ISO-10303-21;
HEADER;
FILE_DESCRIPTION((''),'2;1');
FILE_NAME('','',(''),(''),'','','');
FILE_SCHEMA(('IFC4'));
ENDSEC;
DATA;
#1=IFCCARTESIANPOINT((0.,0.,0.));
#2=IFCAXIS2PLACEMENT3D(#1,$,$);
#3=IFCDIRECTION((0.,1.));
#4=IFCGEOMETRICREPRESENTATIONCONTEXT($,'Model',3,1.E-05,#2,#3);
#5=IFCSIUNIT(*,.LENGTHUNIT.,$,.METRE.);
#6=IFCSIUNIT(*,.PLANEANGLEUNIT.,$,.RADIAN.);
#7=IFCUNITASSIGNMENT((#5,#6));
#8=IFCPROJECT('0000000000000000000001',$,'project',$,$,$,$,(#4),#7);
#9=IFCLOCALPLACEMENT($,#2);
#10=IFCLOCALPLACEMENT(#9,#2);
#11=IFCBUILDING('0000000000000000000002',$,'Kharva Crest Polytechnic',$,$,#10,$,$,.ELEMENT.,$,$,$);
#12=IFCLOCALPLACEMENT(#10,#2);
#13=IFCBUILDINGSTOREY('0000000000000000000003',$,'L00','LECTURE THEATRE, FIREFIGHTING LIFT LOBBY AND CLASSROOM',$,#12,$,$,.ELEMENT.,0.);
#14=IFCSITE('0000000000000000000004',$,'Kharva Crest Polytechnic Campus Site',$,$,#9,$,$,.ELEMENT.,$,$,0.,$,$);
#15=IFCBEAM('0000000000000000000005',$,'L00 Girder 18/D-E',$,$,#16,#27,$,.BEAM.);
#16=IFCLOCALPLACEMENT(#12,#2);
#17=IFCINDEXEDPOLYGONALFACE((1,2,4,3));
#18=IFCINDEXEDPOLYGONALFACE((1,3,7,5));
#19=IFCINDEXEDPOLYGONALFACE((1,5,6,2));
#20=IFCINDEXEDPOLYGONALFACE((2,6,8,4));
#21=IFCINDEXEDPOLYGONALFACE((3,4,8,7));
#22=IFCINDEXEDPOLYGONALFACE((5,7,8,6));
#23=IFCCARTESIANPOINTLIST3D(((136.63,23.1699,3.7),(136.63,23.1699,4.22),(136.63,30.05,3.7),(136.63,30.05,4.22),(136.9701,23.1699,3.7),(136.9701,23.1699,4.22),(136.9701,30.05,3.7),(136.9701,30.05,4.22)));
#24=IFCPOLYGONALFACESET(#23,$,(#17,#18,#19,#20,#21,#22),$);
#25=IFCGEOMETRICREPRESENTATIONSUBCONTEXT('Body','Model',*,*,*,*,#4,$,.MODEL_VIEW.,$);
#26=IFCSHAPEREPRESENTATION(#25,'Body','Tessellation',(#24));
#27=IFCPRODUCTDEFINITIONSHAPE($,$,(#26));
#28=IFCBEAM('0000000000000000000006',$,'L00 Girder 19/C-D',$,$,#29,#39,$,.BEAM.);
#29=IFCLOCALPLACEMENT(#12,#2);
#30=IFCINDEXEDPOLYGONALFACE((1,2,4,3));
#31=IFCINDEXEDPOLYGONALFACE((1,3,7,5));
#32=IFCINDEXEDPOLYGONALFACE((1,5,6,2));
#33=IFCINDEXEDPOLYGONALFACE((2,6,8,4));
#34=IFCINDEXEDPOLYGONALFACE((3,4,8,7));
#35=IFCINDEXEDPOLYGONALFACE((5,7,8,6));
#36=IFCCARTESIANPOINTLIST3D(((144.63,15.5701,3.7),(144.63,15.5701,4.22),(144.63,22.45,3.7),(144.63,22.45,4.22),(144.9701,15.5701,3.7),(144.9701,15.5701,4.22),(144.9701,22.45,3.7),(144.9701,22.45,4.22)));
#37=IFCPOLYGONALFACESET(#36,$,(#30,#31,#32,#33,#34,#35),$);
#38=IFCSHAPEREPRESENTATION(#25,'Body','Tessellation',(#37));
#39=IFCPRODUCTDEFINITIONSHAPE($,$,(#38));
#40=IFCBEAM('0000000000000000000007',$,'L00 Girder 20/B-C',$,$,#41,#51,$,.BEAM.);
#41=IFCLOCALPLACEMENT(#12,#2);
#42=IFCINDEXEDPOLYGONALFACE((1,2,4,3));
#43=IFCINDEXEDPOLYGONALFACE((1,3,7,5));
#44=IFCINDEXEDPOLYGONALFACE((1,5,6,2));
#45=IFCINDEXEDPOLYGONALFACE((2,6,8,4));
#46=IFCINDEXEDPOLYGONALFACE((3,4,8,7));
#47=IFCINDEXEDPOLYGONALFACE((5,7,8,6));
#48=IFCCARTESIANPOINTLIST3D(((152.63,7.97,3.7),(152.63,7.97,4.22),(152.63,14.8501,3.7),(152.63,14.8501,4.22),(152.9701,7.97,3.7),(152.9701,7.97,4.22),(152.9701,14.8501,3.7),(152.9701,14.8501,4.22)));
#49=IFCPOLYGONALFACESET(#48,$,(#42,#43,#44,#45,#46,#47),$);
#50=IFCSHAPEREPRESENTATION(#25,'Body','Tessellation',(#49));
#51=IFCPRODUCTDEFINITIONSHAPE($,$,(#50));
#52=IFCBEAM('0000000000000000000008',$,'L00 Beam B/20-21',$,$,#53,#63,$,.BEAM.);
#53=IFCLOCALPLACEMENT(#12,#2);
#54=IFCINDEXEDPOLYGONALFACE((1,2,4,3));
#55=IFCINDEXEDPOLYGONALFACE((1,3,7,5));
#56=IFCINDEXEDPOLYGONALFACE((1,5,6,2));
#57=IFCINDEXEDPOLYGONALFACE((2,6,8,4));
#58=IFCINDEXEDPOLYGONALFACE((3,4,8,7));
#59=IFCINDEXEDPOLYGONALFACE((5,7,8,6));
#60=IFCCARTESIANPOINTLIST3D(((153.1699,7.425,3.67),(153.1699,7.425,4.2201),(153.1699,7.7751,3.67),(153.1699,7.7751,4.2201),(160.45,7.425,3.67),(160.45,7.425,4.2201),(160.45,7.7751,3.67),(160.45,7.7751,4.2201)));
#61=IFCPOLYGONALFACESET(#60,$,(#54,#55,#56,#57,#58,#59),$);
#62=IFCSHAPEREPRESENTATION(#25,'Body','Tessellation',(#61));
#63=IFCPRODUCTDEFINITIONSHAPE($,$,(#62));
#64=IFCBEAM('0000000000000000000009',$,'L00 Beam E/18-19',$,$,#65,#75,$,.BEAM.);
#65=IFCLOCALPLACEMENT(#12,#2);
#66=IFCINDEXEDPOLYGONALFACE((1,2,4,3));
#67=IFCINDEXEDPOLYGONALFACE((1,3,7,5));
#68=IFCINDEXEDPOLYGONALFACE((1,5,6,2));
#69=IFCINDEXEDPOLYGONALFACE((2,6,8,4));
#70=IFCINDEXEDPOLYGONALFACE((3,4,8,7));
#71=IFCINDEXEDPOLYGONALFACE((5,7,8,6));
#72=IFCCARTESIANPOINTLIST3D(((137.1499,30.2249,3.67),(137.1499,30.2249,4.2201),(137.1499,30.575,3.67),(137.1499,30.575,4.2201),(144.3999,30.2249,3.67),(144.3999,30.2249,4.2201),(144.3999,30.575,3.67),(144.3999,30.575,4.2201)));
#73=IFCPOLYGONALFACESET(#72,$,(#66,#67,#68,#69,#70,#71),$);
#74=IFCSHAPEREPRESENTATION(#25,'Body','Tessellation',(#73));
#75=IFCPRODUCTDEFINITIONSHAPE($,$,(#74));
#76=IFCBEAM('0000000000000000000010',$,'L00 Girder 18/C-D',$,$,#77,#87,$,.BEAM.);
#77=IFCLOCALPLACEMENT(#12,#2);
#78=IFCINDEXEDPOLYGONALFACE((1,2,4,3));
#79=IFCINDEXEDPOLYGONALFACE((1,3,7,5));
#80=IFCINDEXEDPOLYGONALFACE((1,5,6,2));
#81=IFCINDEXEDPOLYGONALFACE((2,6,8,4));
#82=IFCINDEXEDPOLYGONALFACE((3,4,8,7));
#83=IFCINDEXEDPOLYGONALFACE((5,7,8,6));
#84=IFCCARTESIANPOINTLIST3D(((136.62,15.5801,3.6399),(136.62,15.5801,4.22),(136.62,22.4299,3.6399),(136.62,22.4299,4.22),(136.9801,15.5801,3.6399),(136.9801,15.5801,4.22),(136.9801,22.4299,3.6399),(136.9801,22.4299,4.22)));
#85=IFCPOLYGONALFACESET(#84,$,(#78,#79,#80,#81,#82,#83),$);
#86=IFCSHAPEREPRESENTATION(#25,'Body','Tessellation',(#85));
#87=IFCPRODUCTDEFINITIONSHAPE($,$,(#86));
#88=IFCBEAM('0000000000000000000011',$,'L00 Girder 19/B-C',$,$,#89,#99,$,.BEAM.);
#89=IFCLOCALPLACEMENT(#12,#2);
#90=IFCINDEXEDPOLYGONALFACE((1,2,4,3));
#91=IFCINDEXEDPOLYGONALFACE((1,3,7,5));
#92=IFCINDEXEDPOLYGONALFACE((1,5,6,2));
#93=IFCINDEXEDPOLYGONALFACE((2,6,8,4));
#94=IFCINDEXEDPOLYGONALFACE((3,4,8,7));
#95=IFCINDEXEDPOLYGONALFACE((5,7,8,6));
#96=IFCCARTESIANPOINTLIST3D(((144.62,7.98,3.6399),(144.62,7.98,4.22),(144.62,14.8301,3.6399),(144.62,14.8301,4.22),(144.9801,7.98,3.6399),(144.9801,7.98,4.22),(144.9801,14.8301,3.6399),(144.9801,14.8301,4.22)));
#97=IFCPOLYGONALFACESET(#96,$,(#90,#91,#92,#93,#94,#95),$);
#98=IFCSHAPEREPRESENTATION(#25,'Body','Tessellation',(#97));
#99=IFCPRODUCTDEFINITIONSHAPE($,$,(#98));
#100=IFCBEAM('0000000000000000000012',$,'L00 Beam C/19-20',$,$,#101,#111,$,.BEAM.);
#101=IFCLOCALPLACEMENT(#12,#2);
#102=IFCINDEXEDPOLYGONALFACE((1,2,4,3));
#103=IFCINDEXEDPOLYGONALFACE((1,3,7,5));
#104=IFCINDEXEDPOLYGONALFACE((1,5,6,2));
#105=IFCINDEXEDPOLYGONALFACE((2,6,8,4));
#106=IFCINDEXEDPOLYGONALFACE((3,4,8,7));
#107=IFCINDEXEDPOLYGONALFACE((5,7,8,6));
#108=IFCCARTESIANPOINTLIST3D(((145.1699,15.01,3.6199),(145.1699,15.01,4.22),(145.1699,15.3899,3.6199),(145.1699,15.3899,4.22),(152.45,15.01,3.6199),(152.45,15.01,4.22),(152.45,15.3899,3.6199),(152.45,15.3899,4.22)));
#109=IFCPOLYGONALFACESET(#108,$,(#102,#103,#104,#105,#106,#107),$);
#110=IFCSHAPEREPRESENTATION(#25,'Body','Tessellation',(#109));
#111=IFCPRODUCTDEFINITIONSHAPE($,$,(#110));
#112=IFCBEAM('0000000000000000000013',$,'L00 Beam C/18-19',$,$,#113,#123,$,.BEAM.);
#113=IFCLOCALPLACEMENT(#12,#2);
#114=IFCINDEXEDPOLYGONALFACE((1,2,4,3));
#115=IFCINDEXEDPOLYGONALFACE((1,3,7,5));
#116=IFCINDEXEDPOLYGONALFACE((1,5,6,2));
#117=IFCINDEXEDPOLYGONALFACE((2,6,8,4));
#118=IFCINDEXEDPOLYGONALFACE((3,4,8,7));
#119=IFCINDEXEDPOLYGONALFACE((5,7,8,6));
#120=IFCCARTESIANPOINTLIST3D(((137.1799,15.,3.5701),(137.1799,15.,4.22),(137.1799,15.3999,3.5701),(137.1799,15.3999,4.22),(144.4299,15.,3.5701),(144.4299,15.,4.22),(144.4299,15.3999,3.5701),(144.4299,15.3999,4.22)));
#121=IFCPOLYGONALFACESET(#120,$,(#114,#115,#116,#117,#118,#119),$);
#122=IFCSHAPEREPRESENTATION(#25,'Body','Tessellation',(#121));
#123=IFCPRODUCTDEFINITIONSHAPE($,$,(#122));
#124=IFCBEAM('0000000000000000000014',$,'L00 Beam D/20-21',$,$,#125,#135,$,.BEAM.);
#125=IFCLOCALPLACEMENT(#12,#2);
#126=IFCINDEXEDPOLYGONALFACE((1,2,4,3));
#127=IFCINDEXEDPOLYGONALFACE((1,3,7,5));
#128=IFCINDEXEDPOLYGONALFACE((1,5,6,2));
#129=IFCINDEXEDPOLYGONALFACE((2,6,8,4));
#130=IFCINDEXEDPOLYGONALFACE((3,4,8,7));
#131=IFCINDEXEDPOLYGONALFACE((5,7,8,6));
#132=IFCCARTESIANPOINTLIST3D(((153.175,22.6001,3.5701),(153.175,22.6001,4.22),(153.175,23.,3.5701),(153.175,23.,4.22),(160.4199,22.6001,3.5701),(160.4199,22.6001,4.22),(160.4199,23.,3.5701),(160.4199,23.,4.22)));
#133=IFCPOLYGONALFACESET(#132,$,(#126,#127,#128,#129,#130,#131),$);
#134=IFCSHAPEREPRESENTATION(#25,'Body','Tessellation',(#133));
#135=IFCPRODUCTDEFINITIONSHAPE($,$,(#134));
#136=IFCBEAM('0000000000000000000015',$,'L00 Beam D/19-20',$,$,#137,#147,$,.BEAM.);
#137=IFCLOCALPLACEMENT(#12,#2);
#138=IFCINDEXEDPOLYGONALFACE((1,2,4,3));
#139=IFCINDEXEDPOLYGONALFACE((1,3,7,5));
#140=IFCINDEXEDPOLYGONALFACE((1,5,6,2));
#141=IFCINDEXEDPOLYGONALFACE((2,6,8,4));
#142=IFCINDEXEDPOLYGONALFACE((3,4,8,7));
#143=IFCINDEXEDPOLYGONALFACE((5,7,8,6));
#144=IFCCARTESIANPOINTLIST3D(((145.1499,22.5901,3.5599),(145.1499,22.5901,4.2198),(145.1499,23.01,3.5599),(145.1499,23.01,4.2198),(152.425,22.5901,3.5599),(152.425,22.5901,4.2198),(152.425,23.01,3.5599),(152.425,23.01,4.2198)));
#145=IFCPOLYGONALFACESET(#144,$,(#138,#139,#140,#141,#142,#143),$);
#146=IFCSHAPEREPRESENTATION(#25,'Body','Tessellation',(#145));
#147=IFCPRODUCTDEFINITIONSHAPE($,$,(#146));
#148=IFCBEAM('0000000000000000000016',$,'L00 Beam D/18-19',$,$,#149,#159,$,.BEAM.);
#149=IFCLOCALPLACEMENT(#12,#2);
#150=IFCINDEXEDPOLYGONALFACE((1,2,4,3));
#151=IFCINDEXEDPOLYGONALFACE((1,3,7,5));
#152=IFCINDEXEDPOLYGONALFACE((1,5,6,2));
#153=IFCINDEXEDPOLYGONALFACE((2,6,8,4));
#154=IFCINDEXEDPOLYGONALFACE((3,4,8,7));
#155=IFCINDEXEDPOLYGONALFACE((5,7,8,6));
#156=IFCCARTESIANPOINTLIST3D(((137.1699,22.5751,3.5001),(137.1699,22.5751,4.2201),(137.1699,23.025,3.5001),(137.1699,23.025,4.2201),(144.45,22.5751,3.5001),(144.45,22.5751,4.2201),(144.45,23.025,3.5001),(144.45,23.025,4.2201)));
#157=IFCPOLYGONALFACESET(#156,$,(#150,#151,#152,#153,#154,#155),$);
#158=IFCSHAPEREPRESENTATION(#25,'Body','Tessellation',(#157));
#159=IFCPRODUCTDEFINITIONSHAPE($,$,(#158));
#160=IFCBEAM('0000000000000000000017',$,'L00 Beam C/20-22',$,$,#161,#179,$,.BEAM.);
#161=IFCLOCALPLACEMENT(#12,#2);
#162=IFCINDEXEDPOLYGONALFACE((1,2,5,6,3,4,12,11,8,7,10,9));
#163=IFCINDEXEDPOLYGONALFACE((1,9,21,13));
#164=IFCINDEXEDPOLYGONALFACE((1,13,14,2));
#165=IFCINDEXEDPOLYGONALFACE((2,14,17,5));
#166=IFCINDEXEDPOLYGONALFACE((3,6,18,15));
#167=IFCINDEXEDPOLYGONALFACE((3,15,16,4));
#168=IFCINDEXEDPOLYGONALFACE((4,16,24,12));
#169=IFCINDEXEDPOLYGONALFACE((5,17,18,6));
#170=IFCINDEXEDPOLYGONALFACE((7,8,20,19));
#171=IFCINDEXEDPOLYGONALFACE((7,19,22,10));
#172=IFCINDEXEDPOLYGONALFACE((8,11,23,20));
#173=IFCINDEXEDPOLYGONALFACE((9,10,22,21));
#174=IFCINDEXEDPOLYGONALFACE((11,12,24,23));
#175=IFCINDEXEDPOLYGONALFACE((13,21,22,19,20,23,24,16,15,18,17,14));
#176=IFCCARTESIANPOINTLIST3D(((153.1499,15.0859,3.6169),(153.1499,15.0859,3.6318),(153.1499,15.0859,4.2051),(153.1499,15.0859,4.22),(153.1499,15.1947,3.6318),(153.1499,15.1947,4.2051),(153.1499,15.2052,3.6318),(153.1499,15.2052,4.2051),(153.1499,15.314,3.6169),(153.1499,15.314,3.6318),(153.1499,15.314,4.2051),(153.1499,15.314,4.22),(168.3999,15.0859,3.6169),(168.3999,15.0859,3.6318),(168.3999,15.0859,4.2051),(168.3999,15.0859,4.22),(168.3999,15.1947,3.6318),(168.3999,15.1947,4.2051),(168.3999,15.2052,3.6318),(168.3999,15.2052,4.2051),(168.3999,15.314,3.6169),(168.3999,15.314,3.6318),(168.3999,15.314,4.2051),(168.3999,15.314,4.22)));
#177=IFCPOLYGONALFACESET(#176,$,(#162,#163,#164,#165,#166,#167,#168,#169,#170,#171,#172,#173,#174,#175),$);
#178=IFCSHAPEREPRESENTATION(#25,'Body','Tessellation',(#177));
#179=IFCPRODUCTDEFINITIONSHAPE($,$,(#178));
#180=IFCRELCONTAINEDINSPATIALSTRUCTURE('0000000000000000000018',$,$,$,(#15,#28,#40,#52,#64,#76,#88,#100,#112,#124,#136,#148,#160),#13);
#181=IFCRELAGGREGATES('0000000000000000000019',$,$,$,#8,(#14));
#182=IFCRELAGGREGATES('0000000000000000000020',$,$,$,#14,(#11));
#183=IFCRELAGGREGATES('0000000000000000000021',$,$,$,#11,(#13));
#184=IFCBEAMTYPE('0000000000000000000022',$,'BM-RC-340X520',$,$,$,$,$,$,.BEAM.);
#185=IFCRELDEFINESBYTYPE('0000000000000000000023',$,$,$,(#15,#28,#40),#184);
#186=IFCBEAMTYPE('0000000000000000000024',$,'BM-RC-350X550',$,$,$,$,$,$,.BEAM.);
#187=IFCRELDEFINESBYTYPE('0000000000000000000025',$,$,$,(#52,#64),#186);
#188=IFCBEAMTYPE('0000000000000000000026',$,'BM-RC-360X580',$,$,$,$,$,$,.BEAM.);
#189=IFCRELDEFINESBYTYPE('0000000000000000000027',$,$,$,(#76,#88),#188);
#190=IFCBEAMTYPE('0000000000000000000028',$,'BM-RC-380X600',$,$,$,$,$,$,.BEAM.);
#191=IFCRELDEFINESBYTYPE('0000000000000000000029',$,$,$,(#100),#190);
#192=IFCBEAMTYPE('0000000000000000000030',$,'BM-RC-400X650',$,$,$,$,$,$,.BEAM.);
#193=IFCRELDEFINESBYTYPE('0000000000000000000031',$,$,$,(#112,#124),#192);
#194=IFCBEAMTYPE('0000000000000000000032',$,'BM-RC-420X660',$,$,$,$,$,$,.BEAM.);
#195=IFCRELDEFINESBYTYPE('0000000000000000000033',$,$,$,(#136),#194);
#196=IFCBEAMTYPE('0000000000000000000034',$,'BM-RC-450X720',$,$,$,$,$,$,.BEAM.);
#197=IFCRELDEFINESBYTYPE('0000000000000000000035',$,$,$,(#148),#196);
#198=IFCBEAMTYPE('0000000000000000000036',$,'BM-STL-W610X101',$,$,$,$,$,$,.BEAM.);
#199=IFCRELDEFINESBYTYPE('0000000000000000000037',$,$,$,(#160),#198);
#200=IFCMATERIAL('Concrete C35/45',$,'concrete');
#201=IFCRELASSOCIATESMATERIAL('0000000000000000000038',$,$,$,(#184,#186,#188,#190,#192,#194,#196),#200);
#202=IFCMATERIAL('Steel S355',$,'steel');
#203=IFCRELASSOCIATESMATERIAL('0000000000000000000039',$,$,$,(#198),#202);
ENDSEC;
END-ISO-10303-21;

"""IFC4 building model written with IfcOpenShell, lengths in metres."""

from ifc_helpers import new_model, si_unit, direction, frame, origin, origin_2d, place, context, subcontext, project, spatial, rectangle, i_section, extrude, material, material_profile, profile_set, type_object, element, save


model = new_model("IFC4")

# Units and contexts
model_context = context("Model", 3, precision=1e-05, world=origin(), true_north=direction((0.0, 1.0)))
body_context = subcontext(model_context, "Body", "Model", "MODEL_VIEW")
ifc_project = project(units=[si_unit("LENGTHUNIT", "METRE"), si_unit("PLANEANGLEUNIT", "RADIAN")], contexts=[model_context])

# Site, building, storey
site_placement = place(None, origin())
site = spatial("IfcSite", under=ifc_project, at=site_placement, Name="Kharva Crest Polytechnic Campus Site", CompositionType="ELEMENT", RefElevation=0.0)
building_placement = place(site_placement, origin())
building = spatial("IfcBuilding", under=site, at=building_placement, Name="Kharva Crest Polytechnic", CompositionType="ELEMENT")
storey_placement = place(building_placement, origin())
storey = spatial("IfcBuildingStorey", under=building, at=storey_placement, Name="L00", Description="LECTURE THEATRE, FIREFIGHTING LIFT LOBBY AND CLASSROOM", CompositionType="ELEMENT", Elevation=0.0)

# Beams
ifc_material_1 = material(Name="Concrete C35/45", Category="concrete")
ifc_material_profile_1 = material_profile(ifc_material_1, rectangle(XDim=0.3401, YDim=0.52, at=origin_2d()), Name="RECT 340 X 520")
ifc_profile_set_1 = profile_set([ifc_material_profile_1], Name="Concrete C35/45")
beam_type_1 = type_object("IfcBeamType", Name="BM-RC-340X520", PredefinedType="BEAM", material=ifc_profile_set_1)
beam_1_placement = place(storey_placement, frame((136.8, 23.1699, 3.96), z_axis=(0.0, 1.0, 0.0), x_axis=(-1.0, 0.0, 0.0)))
element("IfcBeam", 1, at=beam_1_placement, inside=storey, type_object=beam_type_1, Name="L00 Girder 18/D-E", PredefinedType="BEAM", context=body_context, shape_type="SweptSolid", body=[
    extrude(rectangle(XDim=0.3401, YDim=0.52, at=origin_2d()), origin(), (0.0, 0.0, 1.0), 6.8801),
])
beam_2_placement = place(storey_placement, frame((144.8, 15.5701, 3.96), z_axis=(0.0, 1.0, 0.0), x_axis=(-1.0, 0.0, 0.0)))
element("IfcBeam", 2, at=beam_2_placement, inside=storey, type_object=beam_type_1, Name="L00 Girder 19/C-D", PredefinedType="BEAM", context=body_context, shape_type="SweptSolid", body=[
    extrude(rectangle(XDim=0.3401, YDim=0.52, at=origin_2d()), origin(), (0.0, 0.0, 1.0), 6.8799),
])
beam_3_placement = place(storey_placement, frame((152.8, 7.97, 3.96), z_axis=(0.0, 1.0, 0.0), x_axis=(-1.0, 0.0, 0.0)))
element("IfcBeam", 3, at=beam_3_placement, inside=storey, type_object=beam_type_1, Name="L00 Girder 20/B-C", PredefinedType="BEAM", context=body_context, shape_type="SweptSolid", body=[
    extrude(rectangle(XDim=0.3401, YDim=0.52, at=origin_2d()), origin(), (0.0, 0.0, 1.0), 6.8801),
])
ifc_material_profile_2 = material_profile(ifc_material_1, rectangle(XDim=0.3501, YDim=0.55, at=origin_2d()), Name="RECT 350 X 550")
ifc_profile_set_2 = profile_set([ifc_material_profile_2], Name="Concrete C35/45")
beam_type_2 = type_object("IfcBeamType", Name="BM-RC-350X550", PredefinedType="BEAM", material=ifc_profile_set_2)
beam_4_placement = place(storey_placement, frame((153.1699, 7.6001, 3.9451), z_axis=(1.0, 0.0, 0.0), x_axis=(0.0, 1.0, 0.0)))
element("IfcBeam", 4, at=beam_4_placement, inside=storey, type_object=beam_type_2, Name="L00 Beam B/20-21", PredefinedType="BEAM", context=body_context, shape_type="SweptSolid", body=[
    extrude(rectangle(XDim=0.3501, YDim=0.55, at=origin_2d()), origin(), (0.0, 0.0, 1.0), 7.28),
])
beam_5_placement = place(storey_placement, frame((137.1499, 30.3999, 3.9451), z_axis=(1.0, 0.0, 0.0), x_axis=(0.0, 1.0, 0.0)))
element("IfcBeam", 5, at=beam_5_placement, inside=storey, type_object=beam_type_2, Name="L00 Beam E/18-19", PredefinedType="BEAM", context=body_context, shape_type="SweptSolid", body=[
    extrude(rectangle(XDim=0.3501, YDim=0.55, at=origin_2d()), origin(), (0.0, 0.0, 1.0), 7.25),
])
ifc_material_profile_3 = material_profile(ifc_material_1, rectangle(XDim=0.3601, YDim=0.5801, at=origin_2d()), Name="RECT 360 X 580")
ifc_profile_set_3 = profile_set([ifc_material_profile_3], Name="Concrete C35/45")
beam_type_3 = type_object("IfcBeamType", Name="BM-RC-360X580", PredefinedType="BEAM", material=ifc_profile_set_3)
beam_6_placement = place(storey_placement, frame((136.8, 15.5801, 3.9299), z_axis=(0.0, 1.0, 0.0), x_axis=(-1.0, 0.0, 0.0)))
element("IfcBeam", 6, at=beam_6_placement, inside=storey, type_object=beam_type_3, Name="L00 Girder 18/C-D", PredefinedType="BEAM", context=body_context, shape_type="SweptSolid", body=[
    extrude(rectangle(XDim=0.3601, YDim=0.5801, at=origin_2d()), origin(), (0.0, 0.0, 1.0), 6.8499),
])
beam_7_placement = place(storey_placement, frame((144.8, 7.98, 3.9299), z_axis=(0.0, 1.0, 0.0), x_axis=(-1.0, 0.0, 0.0)))
element("IfcBeam", 7, at=beam_7_placement, inside=storey, type_object=beam_type_3, Name="L00 Girder 19/B-C", PredefinedType="BEAM", context=body_context, shape_type="SweptSolid", body=[
    extrude(rectangle(XDim=0.3601, YDim=0.5801, at=origin_2d()), origin(), (0.0, 0.0, 1.0), 6.8501),
])
ifc_material_profile_4 = material_profile(ifc_material_1, rectangle(XDim=0.3799, YDim=0.6001, at=origin_2d()), Name="RECT 380 X 600")
ifc_profile_set_4 = profile_set([ifc_material_profile_4], Name="Concrete C35/45")
beam_type_4 = type_object("IfcBeamType", Name="BM-RC-380X600", PredefinedType="BEAM", material=ifc_profile_set_4)
beam_8_placement = place(storey_placement, frame((145.1699, 15.2, 3.9199), z_axis=(1.0, 0.0, 0.0), x_axis=(0.0, 1.0, 0.0)))
element("IfcBeam", 8, at=beam_8_placement, inside=storey, type_object=beam_type_4, Name="L00 Beam C/19-20", PredefinedType="BEAM", context=body_context, shape_type="SweptSolid", body=[
    extrude(rectangle(XDim=0.3799, YDim=0.6001, at=origin_2d()), origin(), (0.0, 0.0, 1.0), 7.28),
])
ifc_material_profile_5 = material_profile(ifc_material_1, rectangle(XDim=0.3999, YDim=0.6499, at=origin_2d()), Name="RECT 400 X 650")
ifc_profile_set_5 = profile_set([ifc_material_profile_5], Name="Concrete C35/45")
beam_type_5 = type_object("IfcBeamType", Name="BM-RC-400X650", PredefinedType="BEAM", material=ifc_profile_set_5)
beam_9_placement = place(storey_placement, frame((137.1799, 15.2, 3.895), z_axis=(1.0, 0.0, 0.0), x_axis=(0.0, 1.0, 0.0)))
element("IfcBeam", 9, at=beam_9_placement, inside=storey, type_object=beam_type_5, Name="L00 Beam C/18-19", PredefinedType="BEAM", context=body_context, shape_type="SweptSolid", body=[
    extrude(rectangle(XDim=0.3999, YDim=0.6499, at=origin_2d()), origin(), (0.0, 0.0, 1.0), 7.25),
])
beam_10_placement = place(storey_placement, frame((153.175, 22.8, 3.895), z_axis=(1.0, 0.0, 0.0), x_axis=(0.0, 1.0, 0.0)))
element("IfcBeam", 10, at=beam_10_placement, inside=storey, type_object=beam_type_5, Name="L00 Beam D/20-21", PredefinedType="BEAM", context=body_context, shape_type="SweptSolid", body=[
    extrude(rectangle(XDim=0.3999, YDim=0.6499, at=origin_2d()), origin(), (0.0, 0.0, 1.0), 7.2449),
])
ifc_material_profile_6 = material_profile(ifc_material_1, rectangle(XDim=0.4199, YDim=0.6599, at=origin_2d()), Name="RECT 420 X 660")
ifc_profile_set_6 = profile_set([ifc_material_profile_6], Name="Concrete C35/45")
beam_type_6 = type_object("IfcBeamType", Name="BM-RC-420X660", PredefinedType="BEAM", material=ifc_profile_set_6)
beam_11_placement = place(storey_placement, frame((145.1499, 22.8, 3.8899), z_axis=(1.0, 0.0, 0.0), x_axis=(0.0, 1.0, 0.0)))
element("IfcBeam", 11, at=beam_11_placement, inside=storey, type_object=beam_type_6, Name="L00 Beam D/19-20", PredefinedType="BEAM", context=body_context, shape_type="SweptSolid", body=[
    extrude(rectangle(XDim=0.4199, YDim=0.6599, at=origin_2d()), origin(), (0.0, 0.0, 1.0), 7.2751),
])
ifc_material_profile_7 = material_profile(ifc_material_1, rectangle(XDim=0.45, YDim=0.72, at=origin_2d()), Name="RECT 450 X 720")
ifc_profile_set_7 = profile_set([ifc_material_profile_7], Name="Concrete C35/45")
beam_type_7 = type_object("IfcBeamType", Name="BM-RC-450X720", PredefinedType="BEAM", material=ifc_profile_set_7)
beam_12_placement = place(storey_placement, frame((137.1699, 22.8, 3.8601), z_axis=(1.0, 0.0, 0.0), x_axis=(0.0, 1.0, 0.0)))
element("IfcBeam", 12, at=beam_12_placement, inside=storey, type_object=beam_type_7, Name="L00 Beam D/18-19", PredefinedType="BEAM", context=body_context, shape_type="SweptSolid", body=[
    extrude(rectangle(XDim=0.45, YDim=0.72, at=origin_2d()), origin(), (0.0, 0.0, 1.0), 7.28),
])
ifc_material_2 = material(Name="Steel S355", Category="steel")
ifc_material_profile_8 = material_profile(ifc_material_2, i_section(OverallWidth=0.228, OverallDepth=0.603, WebThickness=0.0105, FlangeThickness=0.0149, at=origin_2d()), Name="W610X101")
ifc_profile_set_8 = profile_set([ifc_material_profile_8], Name="Steel S355")
beam_type_8 = type_object("IfcBeamType", Name="BM-STL-W610X101", PredefinedType="BEAM", material=ifc_profile_set_8)
beam_13_placement = place(storey_placement, frame((153.1499, 15.2, 3.9185), z_axis=(1.0, 0.0, 0.0), x_axis=(0.0, 1.0, 0.0)))
element("IfcBeam", 13, at=beam_13_placement, inside=storey, type_object=beam_type_8, Name="L00 Beam C/20-22", PredefinedType="BEAM", context=body_context, shape_type="SweptSolid", body=[
    extrude(i_section(OverallWidth=0.228, OverallDepth=0.603, WebThickness=0.0105, FlangeThickness=0.0149, at=origin_2d()), origin(), (0.0, 0.0, 1.0), 15.25),
])

save(model, "model.ifc")
